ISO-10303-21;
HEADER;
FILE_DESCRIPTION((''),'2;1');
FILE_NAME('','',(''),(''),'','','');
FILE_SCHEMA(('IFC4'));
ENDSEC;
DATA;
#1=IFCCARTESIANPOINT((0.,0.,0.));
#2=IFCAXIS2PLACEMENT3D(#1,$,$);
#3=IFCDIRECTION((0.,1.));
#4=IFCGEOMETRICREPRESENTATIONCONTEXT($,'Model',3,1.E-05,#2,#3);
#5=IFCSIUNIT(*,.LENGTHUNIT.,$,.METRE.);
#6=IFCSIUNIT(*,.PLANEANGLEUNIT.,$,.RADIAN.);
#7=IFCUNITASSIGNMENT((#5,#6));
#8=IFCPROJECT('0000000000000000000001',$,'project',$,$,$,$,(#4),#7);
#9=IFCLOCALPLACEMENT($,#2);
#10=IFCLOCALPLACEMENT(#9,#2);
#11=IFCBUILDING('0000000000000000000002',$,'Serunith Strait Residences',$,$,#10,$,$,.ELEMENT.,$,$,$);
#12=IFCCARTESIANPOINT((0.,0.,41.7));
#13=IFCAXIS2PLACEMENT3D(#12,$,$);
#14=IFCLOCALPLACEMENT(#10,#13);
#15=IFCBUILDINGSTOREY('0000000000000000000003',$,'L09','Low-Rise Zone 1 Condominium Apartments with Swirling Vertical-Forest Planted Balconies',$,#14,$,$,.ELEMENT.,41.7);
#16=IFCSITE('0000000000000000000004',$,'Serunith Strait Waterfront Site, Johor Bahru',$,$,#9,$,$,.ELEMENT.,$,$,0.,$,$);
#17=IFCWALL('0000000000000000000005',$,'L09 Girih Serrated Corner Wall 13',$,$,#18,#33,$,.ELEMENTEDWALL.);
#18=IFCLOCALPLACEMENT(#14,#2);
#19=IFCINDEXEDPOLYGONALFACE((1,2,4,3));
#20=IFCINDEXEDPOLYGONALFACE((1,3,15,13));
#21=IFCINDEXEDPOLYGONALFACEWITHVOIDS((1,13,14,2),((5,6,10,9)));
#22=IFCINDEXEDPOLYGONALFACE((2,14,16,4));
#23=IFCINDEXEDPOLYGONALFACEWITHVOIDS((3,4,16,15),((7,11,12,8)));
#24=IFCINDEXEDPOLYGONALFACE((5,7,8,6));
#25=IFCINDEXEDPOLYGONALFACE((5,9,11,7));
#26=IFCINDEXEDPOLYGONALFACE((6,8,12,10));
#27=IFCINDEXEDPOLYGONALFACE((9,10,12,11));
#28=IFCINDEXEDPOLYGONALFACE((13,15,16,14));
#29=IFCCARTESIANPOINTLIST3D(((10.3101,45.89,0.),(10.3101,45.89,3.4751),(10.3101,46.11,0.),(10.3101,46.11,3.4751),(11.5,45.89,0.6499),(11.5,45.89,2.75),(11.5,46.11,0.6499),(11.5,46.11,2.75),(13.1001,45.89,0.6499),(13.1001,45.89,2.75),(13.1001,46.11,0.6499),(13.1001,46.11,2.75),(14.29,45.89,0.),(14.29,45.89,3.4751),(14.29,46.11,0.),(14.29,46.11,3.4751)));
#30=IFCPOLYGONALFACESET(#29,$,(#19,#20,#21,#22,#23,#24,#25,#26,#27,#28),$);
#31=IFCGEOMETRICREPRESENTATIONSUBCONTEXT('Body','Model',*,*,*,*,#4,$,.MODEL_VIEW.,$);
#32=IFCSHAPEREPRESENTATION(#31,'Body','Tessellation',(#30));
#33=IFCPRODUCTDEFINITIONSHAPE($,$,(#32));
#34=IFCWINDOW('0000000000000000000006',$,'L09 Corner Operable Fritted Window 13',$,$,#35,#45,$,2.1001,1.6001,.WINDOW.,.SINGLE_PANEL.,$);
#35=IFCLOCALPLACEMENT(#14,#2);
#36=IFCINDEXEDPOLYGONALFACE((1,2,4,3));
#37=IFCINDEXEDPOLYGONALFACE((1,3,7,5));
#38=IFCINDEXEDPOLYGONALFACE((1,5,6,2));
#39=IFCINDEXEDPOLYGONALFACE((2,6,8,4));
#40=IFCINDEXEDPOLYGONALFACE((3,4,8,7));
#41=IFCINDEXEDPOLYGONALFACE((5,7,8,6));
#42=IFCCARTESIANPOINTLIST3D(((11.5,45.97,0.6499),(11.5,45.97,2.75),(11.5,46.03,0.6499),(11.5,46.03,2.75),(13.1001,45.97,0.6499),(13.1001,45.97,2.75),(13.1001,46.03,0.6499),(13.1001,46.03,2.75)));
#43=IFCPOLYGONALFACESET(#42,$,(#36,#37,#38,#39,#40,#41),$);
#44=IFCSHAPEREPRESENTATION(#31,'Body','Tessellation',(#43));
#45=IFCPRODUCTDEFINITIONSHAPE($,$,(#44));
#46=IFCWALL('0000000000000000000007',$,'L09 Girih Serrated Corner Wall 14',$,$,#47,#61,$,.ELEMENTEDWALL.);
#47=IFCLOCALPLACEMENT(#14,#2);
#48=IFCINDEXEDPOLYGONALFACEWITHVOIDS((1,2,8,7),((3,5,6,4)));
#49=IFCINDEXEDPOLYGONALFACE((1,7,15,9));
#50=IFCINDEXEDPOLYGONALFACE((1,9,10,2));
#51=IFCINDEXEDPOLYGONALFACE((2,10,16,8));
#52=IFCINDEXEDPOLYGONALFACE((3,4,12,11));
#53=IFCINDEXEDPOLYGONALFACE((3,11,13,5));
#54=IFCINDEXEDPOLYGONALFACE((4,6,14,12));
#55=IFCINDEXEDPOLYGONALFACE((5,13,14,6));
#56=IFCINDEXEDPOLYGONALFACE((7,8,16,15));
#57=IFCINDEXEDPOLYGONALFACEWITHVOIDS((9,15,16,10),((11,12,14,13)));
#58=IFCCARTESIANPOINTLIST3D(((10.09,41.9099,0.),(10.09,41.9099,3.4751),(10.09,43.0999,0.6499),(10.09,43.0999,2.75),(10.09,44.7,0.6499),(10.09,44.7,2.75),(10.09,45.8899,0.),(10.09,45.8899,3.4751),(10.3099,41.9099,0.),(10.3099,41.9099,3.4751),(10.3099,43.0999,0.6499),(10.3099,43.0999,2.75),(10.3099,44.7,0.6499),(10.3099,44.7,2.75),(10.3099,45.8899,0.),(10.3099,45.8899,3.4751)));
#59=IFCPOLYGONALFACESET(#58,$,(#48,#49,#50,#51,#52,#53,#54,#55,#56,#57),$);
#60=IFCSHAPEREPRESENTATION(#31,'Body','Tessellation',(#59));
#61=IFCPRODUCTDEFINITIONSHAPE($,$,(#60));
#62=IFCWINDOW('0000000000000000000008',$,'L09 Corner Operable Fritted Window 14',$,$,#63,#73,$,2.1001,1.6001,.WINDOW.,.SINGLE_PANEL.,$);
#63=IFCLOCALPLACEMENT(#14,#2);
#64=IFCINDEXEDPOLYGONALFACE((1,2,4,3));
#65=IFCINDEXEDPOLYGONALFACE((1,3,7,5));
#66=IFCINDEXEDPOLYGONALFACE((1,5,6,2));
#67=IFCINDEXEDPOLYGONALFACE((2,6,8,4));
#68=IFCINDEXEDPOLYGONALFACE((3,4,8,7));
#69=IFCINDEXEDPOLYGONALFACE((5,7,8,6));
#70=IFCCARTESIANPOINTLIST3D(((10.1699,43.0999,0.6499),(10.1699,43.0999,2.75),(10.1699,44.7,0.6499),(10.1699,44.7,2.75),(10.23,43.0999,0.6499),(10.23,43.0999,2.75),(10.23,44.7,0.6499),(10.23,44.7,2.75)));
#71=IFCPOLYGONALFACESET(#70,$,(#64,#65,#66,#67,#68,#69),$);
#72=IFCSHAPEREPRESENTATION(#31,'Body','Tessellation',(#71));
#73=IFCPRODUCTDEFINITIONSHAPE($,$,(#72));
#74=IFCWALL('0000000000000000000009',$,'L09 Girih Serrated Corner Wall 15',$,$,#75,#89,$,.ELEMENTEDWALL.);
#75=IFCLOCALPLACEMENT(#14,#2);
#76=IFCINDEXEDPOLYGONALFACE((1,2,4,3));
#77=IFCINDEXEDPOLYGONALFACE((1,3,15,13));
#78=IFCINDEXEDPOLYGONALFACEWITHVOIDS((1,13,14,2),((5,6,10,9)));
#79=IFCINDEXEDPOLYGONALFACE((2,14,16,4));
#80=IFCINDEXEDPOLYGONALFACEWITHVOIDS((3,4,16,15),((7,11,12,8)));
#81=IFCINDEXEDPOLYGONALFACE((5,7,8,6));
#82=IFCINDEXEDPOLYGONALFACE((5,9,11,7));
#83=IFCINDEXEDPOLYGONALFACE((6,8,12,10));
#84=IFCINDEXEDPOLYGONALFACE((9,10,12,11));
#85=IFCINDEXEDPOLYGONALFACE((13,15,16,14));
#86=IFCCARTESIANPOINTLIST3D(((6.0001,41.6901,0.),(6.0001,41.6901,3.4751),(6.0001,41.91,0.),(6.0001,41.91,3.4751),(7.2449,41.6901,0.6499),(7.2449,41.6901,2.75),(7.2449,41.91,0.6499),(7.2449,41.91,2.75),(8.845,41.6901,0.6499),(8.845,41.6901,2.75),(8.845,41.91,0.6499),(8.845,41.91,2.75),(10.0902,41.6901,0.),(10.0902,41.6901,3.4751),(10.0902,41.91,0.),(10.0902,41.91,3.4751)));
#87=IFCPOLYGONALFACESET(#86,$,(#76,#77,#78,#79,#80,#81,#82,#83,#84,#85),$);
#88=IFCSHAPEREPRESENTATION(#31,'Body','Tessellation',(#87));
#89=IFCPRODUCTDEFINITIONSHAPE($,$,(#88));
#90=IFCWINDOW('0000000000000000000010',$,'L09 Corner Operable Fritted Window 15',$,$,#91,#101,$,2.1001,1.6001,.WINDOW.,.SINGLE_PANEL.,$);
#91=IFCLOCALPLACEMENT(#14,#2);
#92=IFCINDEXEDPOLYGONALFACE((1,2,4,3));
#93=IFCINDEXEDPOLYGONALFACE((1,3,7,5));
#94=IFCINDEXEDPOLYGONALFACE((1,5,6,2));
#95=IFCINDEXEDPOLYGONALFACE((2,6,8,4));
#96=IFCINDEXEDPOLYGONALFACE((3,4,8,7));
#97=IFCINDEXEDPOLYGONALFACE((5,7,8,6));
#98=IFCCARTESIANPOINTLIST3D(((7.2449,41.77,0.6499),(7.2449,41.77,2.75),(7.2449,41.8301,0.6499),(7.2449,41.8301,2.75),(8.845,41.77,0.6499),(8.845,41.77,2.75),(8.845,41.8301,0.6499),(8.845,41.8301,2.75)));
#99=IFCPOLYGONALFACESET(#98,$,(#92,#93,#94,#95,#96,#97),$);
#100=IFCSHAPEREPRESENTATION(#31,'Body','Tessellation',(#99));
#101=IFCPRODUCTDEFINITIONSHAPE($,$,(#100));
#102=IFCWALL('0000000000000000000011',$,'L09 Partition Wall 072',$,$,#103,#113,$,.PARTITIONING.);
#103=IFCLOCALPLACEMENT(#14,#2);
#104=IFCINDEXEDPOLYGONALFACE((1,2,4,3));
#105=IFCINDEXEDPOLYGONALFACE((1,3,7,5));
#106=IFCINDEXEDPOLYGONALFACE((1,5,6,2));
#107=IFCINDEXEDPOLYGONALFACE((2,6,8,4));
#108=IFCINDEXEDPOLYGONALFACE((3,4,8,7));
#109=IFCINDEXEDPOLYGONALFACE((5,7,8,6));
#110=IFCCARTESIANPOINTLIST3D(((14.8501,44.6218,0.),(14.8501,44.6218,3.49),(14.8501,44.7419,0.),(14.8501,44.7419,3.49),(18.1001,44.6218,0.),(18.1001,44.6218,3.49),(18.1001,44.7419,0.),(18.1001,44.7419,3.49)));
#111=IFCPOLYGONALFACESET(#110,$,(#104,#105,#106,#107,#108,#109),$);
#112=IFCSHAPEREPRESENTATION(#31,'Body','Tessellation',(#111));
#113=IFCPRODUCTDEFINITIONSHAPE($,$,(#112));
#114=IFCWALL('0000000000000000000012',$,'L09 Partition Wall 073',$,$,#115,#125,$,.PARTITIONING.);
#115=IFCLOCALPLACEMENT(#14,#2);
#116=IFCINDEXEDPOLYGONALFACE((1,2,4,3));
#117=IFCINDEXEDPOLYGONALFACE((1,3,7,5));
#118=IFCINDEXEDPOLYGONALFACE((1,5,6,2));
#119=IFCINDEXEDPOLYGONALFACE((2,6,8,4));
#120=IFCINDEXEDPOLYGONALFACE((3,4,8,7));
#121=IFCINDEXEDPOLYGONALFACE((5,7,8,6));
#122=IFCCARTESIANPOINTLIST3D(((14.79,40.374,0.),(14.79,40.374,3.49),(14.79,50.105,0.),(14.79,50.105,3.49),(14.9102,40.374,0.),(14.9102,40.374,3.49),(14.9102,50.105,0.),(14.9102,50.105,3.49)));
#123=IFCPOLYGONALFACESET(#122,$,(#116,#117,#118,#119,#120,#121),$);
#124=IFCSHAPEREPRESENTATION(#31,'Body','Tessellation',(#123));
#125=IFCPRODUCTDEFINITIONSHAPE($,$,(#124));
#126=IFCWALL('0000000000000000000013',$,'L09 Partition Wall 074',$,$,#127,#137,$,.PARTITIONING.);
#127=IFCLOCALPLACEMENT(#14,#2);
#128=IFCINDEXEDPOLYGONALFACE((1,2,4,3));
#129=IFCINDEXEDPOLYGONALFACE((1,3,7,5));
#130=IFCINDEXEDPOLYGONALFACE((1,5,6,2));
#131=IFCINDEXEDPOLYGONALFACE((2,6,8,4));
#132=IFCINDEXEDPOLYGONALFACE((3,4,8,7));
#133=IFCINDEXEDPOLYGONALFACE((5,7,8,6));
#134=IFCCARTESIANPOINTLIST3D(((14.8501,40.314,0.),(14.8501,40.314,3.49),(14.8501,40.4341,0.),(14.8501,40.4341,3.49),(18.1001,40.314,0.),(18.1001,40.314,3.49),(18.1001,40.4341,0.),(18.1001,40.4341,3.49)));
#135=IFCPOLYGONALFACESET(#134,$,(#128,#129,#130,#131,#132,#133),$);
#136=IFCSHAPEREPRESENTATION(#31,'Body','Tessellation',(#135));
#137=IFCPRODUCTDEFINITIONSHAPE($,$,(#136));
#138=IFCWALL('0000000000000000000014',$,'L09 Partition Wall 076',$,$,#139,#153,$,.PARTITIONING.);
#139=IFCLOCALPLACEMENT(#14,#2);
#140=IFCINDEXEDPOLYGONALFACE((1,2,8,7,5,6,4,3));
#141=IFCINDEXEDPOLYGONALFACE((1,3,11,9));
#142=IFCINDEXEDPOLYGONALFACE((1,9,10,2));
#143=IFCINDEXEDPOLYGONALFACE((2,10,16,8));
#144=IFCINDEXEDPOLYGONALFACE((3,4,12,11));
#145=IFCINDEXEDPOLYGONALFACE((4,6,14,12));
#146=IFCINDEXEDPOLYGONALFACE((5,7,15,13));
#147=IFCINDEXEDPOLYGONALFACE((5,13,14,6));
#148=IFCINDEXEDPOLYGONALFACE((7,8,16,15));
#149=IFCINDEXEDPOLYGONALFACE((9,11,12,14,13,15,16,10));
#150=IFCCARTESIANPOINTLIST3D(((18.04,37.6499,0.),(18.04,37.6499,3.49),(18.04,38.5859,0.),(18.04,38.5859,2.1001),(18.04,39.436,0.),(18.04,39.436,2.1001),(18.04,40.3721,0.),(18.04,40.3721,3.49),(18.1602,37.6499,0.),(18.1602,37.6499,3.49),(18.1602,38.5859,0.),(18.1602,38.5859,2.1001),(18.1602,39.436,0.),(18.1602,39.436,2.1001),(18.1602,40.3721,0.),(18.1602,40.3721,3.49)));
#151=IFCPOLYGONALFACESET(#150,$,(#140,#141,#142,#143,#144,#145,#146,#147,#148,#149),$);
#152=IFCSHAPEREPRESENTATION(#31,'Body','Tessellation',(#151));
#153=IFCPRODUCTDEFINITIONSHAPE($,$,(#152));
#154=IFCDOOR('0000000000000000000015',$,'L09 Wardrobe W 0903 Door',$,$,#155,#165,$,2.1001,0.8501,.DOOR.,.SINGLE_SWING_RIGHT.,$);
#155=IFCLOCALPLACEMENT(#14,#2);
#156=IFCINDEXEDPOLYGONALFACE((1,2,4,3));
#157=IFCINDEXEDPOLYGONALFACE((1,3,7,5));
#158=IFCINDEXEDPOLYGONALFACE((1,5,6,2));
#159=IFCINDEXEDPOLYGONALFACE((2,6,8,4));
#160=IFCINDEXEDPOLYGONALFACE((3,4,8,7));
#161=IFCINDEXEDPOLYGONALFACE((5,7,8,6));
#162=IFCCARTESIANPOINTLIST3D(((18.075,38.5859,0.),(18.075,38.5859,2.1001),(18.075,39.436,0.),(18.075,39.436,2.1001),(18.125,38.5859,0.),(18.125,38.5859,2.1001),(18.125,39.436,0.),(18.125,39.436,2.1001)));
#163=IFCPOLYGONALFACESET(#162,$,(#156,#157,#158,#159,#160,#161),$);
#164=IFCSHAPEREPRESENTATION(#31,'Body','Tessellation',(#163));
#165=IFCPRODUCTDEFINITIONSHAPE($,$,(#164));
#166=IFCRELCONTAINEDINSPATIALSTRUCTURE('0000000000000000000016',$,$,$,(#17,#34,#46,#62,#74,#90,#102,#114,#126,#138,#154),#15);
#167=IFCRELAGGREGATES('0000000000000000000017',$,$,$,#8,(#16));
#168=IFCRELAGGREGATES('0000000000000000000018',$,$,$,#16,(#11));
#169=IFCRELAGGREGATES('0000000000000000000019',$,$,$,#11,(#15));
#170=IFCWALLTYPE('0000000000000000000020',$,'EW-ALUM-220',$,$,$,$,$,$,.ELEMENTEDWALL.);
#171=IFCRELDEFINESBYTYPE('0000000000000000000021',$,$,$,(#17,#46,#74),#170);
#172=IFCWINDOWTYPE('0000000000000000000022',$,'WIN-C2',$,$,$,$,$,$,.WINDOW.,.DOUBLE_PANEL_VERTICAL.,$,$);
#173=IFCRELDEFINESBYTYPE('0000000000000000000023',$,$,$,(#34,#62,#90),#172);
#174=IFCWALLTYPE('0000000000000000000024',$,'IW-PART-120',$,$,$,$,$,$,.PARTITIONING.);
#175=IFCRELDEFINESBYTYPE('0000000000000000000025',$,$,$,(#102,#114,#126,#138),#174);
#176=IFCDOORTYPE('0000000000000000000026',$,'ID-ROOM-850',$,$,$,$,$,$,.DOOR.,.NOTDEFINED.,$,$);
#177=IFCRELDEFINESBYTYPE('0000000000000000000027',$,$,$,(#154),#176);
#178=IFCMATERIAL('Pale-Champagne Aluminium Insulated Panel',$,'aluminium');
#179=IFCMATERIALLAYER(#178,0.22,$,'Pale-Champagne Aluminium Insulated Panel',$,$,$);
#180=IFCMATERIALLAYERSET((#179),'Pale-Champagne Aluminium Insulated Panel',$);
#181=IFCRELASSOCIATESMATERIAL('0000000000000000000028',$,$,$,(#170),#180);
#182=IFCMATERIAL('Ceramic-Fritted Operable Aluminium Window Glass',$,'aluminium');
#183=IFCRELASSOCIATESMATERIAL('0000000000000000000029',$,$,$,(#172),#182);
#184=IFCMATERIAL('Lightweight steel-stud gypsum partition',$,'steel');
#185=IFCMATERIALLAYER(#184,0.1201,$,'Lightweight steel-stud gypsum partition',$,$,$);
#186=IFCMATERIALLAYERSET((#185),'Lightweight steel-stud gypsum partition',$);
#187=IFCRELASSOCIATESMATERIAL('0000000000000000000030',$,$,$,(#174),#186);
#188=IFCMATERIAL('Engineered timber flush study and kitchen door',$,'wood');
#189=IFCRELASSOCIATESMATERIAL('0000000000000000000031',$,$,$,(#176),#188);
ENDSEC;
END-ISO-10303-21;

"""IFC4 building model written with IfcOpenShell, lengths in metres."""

from ifc_helpers import new_model, si_unit, direction, frame, frame_2d, origin, place, context, subcontext, project, spatial, rectangle, extrude, source, transform, mapped, material, layer, layer_set, type_object, element, fill, save


model = new_model("IFC4")

# Units and contexts
model_context = context("Model", 3, precision=1e-05, world=origin(), true_north=direction((0.0, 1.0)))
body_context = subcontext(model_context, "Body", "Model", "MODEL_VIEW")
ifc_project = project(units=[si_unit("LENGTHUNIT", "METRE"), si_unit("PLANEANGLEUNIT", "RADIAN")], contexts=[model_context])

# Site, building, storey
site_placement = place(None, origin())
site = spatial("IfcSite", under=ifc_project, at=site_placement, Name="Serunith Strait Waterfront Site, Johor Bahru", CompositionType="ELEMENT", RefElevation=0.0)
building_placement = place(site_placement, origin())
building = spatial("IfcBuilding", under=site, at=building_placement, Name="Serunith Strait Residences", CompositionType="ELEMENT")
storey_placement = place(building_placement, frame((0.0, 0.0, 41.7)))
storey = spatial("IfcBuildingStorey", under=building, at=storey_placement, Name="L09", Description="Low-Rise Zone 1 Condominium Apartments with Swirling Vertical-Forest Planted Balconies", CompositionType="ELEMENT", Elevation=41.7)

# Shared definitions
ifc_material_1 = material(Name="Pale-Champagne Aluminium Insulated Panel", Category="aluminium")
ifc_layer_1 = layer(ifc_material_1, 0.22, Name="Pale-Champagne Aluminium Insulated Panel")
ifc_layer_set_1 = layer_set([ifc_layer_1], Name="Pale-Champagne Aluminium Insulated Panel")
wall_type_1 = type_object("IfcWallType", Name="EW-ALUM-220", PredefinedType="ELEMENTEDWALL", material=ifc_layer_set_1)

# Walls, openings, windows
wall_1_placement = place(storey_placement, frame((14.29, 46.0, 0.0), z_axis=(0.0, 0.0, 1.0), x_axis=(-1.0, 0.0, 0.0)))
wall_1 = element("IfcWall", 1, at=wall_1_placement, inside=storey, type_object=wall_type_1, Name="L09 Girih Serrated Corner Wall 13", PredefinedType="ELEMENTEDWALL", context=body_context, shape_type="SweptSolid", body=[
    extrude(rectangle(XDim=3.98, YDim=0.22, at=frame_2d((1.99, 0.0))), origin(), (0.0, 0.0, 1.0), 3.4751),
])
opening_1_placement = place(wall_1_placement, frame((1.1899, 0.0, 0.6499)))
opening_1 = element("IfcOpeningElement", 2, at=opening_1_placement, cuts=wall_1, PredefinedType="OPENING", context=body_context, shape_type="SweptSolid", body=[
    extrude(rectangle(XDim=1.6001, YDim=2.1001, at=frame_2d((0.8, 1.05))), frame((0.0, 0.1201, 0.0), z_axis=(0.0, -1.0, 0.0), x_axis=(1.0, 0.0, 0.0)), (0.0, 0.0, 1.0), 0.24),
])
ifc_material_2 = material(Name="Ceramic-Fritted Operable Aluminium Window Glass", Category="aluminium")
window_type = type_object("IfcWindowType", Name="WIN-C2", PartitioningType="DOUBLE_PANEL_VERTICAL", PredefinedType="WINDOW", material=ifc_material_2)
shared_shape_1 = source(origin(), body_context, "Body", "SweptSolid", [
    extrude(rectangle(XDim=1.6001, YDim=2.1001, at=frame_2d((0.8, 1.05))), frame((0.0, 0.03, 0.0), z_axis=(0.0, -1.0, 0.0), x_axis=(1.0, 0.0, 0.0)), (0.0, 0.0, 1.0), 0.0601),
])
window_1_placement = place(opening_1_placement, origin())
window_1 = element("IfcWindow", 3, at=window_1_placement, inside=storey, type_object=window_type, Name="L09 Corner Operable Fritted Window 13", OverallHeight=2.1001, OverallWidth=1.6001, PartitioningType="SINGLE_PANEL", PredefinedType="WINDOW", context=body_context, shape_type="MappedRepresentation", body=[
    mapped(shared_shape_1, transform((0.0, 0.0, 0.0), scale=1.0)),
])
fill(opening_1, window_1)
wall_2_placement = place(storey_placement, frame((10.2, 45.8899, 0.0), z_axis=(0.0, 0.0, 1.0), x_axis=(0.0, -1.0, 0.0)))
wall_2 = element("IfcWall", 4, at=wall_2_placement, inside=storey, type_object=wall_type_1, Name="L09 Girih Serrated Corner Wall 14", PredefinedType="ELEMENTEDWALL", context=body_context, shape_type="SweptSolid", body=[
    extrude(rectangle(XDim=3.98, YDim=0.22, at=frame_2d((1.99, 0.0))), origin(), (0.0, 0.0, 1.0), 3.4751),
])
opening_2_placement = place(wall_2_placement, frame((1.1899, 0.0, 0.6499)))
opening_2 = element("IfcOpeningElement", 5, at=opening_2_placement, cuts=wall_2, PredefinedType="OPENING", context=body_context, shape_type="SweptSolid", body=[
    extrude(rectangle(XDim=1.6001, YDim=2.1001, at=frame_2d((0.8, 1.05))), frame((0.0, 0.1201, 0.0), z_axis=(0.0, -1.0, 0.0), x_axis=(1.0, 0.0, 0.0)), (0.0, 0.0, 1.0), 0.24),
])
window_2_placement = place(opening_2_placement, origin())
window_2 = element("IfcWindow", 6, at=window_2_placement, inside=storey, type_object=window_type, Name="L09 Corner Operable Fritted Window 14", OverallHeight=2.1001, OverallWidth=1.6001, PartitioningType="SINGLE_PANEL", PredefinedType="WINDOW", context=body_context, shape_type="MappedRepresentation", body=[
    mapped(shared_shape_1, transform((0.0, 0.0, 0.0), scale=1.0)),
])
fill(opening_2, window_2)
wall_3_placement = place(storey_placement, frame((10.0901, 41.8, 0.0), z_axis=(0.0, 0.0, 1.0), x_axis=(-1.0, 0.0, 0.0)))
wall_3 = element("IfcWall", 7, at=wall_3_placement, inside=storey, type_object=wall_type_1, Name="L09 Girih Serrated Corner Wall 15", PredefinedType="ELEMENTEDWALL", context=body_context, shape_type="SweptSolid", body=[
    extrude(rectangle(XDim=4.0901, YDim=0.22, at=frame_2d((2.0449, 0.0))), origin(), (0.0, 0.0, 1.0), 3.4751),
])
opening_3_placement = place(wall_3_placement, frame((1.2451, 0.0, 0.6499)))
opening_3 = element("IfcOpeningElement", 8, at=opening_3_placement, cuts=wall_3, PredefinedType="OPENING", context=body_context, shape_type="SweptSolid", body=[
    extrude(rectangle(XDim=1.6001, YDim=2.1001, at=frame_2d((0.8, 1.05))), frame((0.0, 0.1201, 0.0), z_axis=(0.0, -1.0, 0.0), x_axis=(1.0, 0.0, 0.0)), (0.0, 0.0, 1.0), 0.24),
])
window_3_placement = place(opening_3_placement, origin())
window_3 = element("IfcWindow", 9, at=window_3_placement, inside=storey, type_object=window_type, Name="L09 Corner Operable Fritted Window 15", OverallHeight=2.1001, OverallWidth=1.6001, PartitioningType="SINGLE_PANEL", PredefinedType="WINDOW", context=body_context, shape_type="MappedRepresentation", body=[
    mapped(shared_shape_1, transform((0.0, 0.0, 0.0), scale=1.0)),
])
fill(opening_3, window_3)

# Walls
ifc_material_3 = material(Name="Lightweight steel-stud gypsum partition", Category="steel")
ifc_layer_2 = layer(ifc_material_3, 0.1201, Name="Lightweight steel-stud gypsum partition")
ifc_layer_set_2 = layer_set([ifc_layer_2], Name="Lightweight steel-stud gypsum partition")
wall_type_2 = type_object("IfcWallType", Name="IW-PART-120", PredefinedType="PARTITIONING", material=ifc_layer_set_2)
wall_4_placement = place(storey_placement, frame((14.8501, 44.6819, 0.0), z_axis=(0.0, 0.0, 1.0), x_axis=(1.0, 0.0, 0.0)))
element("IfcWall", 10, at=wall_4_placement, inside=storey, type_object=wall_type_2, Name="L09 Partition Wall 072", PredefinedType="PARTITIONING", context=body_context, shape_type="SweptSolid", body=[
    extrude(rectangle(XDim=3.25, YDim=0.1201, at=frame_2d((1.625, 0.0))), origin(), (0.0, 0.0, 1.0), 3.49),
])
wall_5_placement = place(storey_placement, frame((14.8501, 50.105, 0.0), z_axis=(0.0, 0.0, 1.0), x_axis=(0.0, -1.0, 0.0)))
element("IfcWall", 11, at=wall_5_placement, inside=storey, type_object=wall_type_2, Name="L09 Partition Wall 073", PredefinedType="PARTITIONING", context=body_context, shape_type="SweptSolid", body=[
    extrude(rectangle(XDim=9.731, YDim=0.1201, at=frame_2d((4.8655, 0.0))), origin(), (0.0, 0.0, 1.0), 3.49),
])
wall_6_placement = place(storey_placement, frame((14.8501, 40.374, 0.0), z_axis=(0.0, 0.0, 1.0), x_axis=(1.0, 0.0, 0.0)))
element("IfcWall", 12, at=wall_6_placement, inside=storey, type_object=wall_type_2, Name="L09 Partition Wall 074", PredefinedType="PARTITIONING", context=body_context, shape_type="SweptSolid", body=[
    extrude(rectangle(XDim=3.25, YDim=0.1201, at=frame_2d((1.625, 0.0))), origin(), (0.0, 0.0, 1.0), 3.49),
])

# Wall, opening, door
wall_7_placement = place(storey_placement, frame((18.1001, 40.3721, 0.0), z_axis=(0.0, 0.0, 1.0), x_axis=(0.0, -1.0, 0.0)))
wall_7 = element("IfcWall", 13, at=wall_7_placement, inside=storey, type_object=wall_type_2, Name="L09 Partition Wall 076", PredefinedType="PARTITIONING", context=body_context, shape_type="SweptSolid", body=[
    extrude(rectangle(XDim=2.7222, YDim=0.1201, at=frame_2d((1.3611, 0.0))), origin(), (0.0, 0.0, 1.0), 3.49),
])
opening_4_placement = place(wall_7_placement, frame((0.936, 0.0, 0.0)))
opening_4 = element("IfcOpeningElement", 14, at=opening_4_placement, cuts=wall_7, PredefinedType="OPENING", context=body_context, shape_type="SweptSolid", body=[
    extrude(rectangle(XDim=0.8501, YDim=2.1001, at=frame_2d((0.425, 1.05))), frame((0.0, 0.0701, 0.0), z_axis=(0.0, -1.0, 0.0), x_axis=(1.0, 0.0, 0.0)), (0.0, 0.0, 1.0), 0.1401),
])
ifc_material_4 = material(Name="Engineered timber flush study and kitchen door", Category="wood")
door_type = type_object("IfcDoorType", Name="ID-ROOM-850", OperationType="NOTDEFINED", PredefinedType="DOOR", material=ifc_material_4)
shared_shape_2 = source(origin(), body_context, "Body", "SweptSolid", [
    extrude(rectangle(XDim=0.8501, YDim=2.1001, at=frame_2d((0.425, 1.05))), frame((0.0, 0.0249, 0.0), z_axis=(0.0, -1.0, 0.0), x_axis=(1.0, 0.0, 0.0)), (0.0, 0.0, 1.0), 0.05),
])
door_placement = place(opening_4_placement, origin())
door = element("IfcDoor", 15, at=door_placement, inside=storey, type_object=door_type, Name="L09 Wardrobe W 0903 Door", OperationType="SINGLE_SWING_RIGHT", OverallHeight=2.1001, OverallWidth=0.8501, PredefinedType="DOOR", context=body_context, shape_type="MappedRepresentation", body=[
    mapped(shared_shape_2, transform((0.0, 0.0, 0.0), scale=1.0)),
])
fill(opening_4, door)

save(model, "model.ifc")
